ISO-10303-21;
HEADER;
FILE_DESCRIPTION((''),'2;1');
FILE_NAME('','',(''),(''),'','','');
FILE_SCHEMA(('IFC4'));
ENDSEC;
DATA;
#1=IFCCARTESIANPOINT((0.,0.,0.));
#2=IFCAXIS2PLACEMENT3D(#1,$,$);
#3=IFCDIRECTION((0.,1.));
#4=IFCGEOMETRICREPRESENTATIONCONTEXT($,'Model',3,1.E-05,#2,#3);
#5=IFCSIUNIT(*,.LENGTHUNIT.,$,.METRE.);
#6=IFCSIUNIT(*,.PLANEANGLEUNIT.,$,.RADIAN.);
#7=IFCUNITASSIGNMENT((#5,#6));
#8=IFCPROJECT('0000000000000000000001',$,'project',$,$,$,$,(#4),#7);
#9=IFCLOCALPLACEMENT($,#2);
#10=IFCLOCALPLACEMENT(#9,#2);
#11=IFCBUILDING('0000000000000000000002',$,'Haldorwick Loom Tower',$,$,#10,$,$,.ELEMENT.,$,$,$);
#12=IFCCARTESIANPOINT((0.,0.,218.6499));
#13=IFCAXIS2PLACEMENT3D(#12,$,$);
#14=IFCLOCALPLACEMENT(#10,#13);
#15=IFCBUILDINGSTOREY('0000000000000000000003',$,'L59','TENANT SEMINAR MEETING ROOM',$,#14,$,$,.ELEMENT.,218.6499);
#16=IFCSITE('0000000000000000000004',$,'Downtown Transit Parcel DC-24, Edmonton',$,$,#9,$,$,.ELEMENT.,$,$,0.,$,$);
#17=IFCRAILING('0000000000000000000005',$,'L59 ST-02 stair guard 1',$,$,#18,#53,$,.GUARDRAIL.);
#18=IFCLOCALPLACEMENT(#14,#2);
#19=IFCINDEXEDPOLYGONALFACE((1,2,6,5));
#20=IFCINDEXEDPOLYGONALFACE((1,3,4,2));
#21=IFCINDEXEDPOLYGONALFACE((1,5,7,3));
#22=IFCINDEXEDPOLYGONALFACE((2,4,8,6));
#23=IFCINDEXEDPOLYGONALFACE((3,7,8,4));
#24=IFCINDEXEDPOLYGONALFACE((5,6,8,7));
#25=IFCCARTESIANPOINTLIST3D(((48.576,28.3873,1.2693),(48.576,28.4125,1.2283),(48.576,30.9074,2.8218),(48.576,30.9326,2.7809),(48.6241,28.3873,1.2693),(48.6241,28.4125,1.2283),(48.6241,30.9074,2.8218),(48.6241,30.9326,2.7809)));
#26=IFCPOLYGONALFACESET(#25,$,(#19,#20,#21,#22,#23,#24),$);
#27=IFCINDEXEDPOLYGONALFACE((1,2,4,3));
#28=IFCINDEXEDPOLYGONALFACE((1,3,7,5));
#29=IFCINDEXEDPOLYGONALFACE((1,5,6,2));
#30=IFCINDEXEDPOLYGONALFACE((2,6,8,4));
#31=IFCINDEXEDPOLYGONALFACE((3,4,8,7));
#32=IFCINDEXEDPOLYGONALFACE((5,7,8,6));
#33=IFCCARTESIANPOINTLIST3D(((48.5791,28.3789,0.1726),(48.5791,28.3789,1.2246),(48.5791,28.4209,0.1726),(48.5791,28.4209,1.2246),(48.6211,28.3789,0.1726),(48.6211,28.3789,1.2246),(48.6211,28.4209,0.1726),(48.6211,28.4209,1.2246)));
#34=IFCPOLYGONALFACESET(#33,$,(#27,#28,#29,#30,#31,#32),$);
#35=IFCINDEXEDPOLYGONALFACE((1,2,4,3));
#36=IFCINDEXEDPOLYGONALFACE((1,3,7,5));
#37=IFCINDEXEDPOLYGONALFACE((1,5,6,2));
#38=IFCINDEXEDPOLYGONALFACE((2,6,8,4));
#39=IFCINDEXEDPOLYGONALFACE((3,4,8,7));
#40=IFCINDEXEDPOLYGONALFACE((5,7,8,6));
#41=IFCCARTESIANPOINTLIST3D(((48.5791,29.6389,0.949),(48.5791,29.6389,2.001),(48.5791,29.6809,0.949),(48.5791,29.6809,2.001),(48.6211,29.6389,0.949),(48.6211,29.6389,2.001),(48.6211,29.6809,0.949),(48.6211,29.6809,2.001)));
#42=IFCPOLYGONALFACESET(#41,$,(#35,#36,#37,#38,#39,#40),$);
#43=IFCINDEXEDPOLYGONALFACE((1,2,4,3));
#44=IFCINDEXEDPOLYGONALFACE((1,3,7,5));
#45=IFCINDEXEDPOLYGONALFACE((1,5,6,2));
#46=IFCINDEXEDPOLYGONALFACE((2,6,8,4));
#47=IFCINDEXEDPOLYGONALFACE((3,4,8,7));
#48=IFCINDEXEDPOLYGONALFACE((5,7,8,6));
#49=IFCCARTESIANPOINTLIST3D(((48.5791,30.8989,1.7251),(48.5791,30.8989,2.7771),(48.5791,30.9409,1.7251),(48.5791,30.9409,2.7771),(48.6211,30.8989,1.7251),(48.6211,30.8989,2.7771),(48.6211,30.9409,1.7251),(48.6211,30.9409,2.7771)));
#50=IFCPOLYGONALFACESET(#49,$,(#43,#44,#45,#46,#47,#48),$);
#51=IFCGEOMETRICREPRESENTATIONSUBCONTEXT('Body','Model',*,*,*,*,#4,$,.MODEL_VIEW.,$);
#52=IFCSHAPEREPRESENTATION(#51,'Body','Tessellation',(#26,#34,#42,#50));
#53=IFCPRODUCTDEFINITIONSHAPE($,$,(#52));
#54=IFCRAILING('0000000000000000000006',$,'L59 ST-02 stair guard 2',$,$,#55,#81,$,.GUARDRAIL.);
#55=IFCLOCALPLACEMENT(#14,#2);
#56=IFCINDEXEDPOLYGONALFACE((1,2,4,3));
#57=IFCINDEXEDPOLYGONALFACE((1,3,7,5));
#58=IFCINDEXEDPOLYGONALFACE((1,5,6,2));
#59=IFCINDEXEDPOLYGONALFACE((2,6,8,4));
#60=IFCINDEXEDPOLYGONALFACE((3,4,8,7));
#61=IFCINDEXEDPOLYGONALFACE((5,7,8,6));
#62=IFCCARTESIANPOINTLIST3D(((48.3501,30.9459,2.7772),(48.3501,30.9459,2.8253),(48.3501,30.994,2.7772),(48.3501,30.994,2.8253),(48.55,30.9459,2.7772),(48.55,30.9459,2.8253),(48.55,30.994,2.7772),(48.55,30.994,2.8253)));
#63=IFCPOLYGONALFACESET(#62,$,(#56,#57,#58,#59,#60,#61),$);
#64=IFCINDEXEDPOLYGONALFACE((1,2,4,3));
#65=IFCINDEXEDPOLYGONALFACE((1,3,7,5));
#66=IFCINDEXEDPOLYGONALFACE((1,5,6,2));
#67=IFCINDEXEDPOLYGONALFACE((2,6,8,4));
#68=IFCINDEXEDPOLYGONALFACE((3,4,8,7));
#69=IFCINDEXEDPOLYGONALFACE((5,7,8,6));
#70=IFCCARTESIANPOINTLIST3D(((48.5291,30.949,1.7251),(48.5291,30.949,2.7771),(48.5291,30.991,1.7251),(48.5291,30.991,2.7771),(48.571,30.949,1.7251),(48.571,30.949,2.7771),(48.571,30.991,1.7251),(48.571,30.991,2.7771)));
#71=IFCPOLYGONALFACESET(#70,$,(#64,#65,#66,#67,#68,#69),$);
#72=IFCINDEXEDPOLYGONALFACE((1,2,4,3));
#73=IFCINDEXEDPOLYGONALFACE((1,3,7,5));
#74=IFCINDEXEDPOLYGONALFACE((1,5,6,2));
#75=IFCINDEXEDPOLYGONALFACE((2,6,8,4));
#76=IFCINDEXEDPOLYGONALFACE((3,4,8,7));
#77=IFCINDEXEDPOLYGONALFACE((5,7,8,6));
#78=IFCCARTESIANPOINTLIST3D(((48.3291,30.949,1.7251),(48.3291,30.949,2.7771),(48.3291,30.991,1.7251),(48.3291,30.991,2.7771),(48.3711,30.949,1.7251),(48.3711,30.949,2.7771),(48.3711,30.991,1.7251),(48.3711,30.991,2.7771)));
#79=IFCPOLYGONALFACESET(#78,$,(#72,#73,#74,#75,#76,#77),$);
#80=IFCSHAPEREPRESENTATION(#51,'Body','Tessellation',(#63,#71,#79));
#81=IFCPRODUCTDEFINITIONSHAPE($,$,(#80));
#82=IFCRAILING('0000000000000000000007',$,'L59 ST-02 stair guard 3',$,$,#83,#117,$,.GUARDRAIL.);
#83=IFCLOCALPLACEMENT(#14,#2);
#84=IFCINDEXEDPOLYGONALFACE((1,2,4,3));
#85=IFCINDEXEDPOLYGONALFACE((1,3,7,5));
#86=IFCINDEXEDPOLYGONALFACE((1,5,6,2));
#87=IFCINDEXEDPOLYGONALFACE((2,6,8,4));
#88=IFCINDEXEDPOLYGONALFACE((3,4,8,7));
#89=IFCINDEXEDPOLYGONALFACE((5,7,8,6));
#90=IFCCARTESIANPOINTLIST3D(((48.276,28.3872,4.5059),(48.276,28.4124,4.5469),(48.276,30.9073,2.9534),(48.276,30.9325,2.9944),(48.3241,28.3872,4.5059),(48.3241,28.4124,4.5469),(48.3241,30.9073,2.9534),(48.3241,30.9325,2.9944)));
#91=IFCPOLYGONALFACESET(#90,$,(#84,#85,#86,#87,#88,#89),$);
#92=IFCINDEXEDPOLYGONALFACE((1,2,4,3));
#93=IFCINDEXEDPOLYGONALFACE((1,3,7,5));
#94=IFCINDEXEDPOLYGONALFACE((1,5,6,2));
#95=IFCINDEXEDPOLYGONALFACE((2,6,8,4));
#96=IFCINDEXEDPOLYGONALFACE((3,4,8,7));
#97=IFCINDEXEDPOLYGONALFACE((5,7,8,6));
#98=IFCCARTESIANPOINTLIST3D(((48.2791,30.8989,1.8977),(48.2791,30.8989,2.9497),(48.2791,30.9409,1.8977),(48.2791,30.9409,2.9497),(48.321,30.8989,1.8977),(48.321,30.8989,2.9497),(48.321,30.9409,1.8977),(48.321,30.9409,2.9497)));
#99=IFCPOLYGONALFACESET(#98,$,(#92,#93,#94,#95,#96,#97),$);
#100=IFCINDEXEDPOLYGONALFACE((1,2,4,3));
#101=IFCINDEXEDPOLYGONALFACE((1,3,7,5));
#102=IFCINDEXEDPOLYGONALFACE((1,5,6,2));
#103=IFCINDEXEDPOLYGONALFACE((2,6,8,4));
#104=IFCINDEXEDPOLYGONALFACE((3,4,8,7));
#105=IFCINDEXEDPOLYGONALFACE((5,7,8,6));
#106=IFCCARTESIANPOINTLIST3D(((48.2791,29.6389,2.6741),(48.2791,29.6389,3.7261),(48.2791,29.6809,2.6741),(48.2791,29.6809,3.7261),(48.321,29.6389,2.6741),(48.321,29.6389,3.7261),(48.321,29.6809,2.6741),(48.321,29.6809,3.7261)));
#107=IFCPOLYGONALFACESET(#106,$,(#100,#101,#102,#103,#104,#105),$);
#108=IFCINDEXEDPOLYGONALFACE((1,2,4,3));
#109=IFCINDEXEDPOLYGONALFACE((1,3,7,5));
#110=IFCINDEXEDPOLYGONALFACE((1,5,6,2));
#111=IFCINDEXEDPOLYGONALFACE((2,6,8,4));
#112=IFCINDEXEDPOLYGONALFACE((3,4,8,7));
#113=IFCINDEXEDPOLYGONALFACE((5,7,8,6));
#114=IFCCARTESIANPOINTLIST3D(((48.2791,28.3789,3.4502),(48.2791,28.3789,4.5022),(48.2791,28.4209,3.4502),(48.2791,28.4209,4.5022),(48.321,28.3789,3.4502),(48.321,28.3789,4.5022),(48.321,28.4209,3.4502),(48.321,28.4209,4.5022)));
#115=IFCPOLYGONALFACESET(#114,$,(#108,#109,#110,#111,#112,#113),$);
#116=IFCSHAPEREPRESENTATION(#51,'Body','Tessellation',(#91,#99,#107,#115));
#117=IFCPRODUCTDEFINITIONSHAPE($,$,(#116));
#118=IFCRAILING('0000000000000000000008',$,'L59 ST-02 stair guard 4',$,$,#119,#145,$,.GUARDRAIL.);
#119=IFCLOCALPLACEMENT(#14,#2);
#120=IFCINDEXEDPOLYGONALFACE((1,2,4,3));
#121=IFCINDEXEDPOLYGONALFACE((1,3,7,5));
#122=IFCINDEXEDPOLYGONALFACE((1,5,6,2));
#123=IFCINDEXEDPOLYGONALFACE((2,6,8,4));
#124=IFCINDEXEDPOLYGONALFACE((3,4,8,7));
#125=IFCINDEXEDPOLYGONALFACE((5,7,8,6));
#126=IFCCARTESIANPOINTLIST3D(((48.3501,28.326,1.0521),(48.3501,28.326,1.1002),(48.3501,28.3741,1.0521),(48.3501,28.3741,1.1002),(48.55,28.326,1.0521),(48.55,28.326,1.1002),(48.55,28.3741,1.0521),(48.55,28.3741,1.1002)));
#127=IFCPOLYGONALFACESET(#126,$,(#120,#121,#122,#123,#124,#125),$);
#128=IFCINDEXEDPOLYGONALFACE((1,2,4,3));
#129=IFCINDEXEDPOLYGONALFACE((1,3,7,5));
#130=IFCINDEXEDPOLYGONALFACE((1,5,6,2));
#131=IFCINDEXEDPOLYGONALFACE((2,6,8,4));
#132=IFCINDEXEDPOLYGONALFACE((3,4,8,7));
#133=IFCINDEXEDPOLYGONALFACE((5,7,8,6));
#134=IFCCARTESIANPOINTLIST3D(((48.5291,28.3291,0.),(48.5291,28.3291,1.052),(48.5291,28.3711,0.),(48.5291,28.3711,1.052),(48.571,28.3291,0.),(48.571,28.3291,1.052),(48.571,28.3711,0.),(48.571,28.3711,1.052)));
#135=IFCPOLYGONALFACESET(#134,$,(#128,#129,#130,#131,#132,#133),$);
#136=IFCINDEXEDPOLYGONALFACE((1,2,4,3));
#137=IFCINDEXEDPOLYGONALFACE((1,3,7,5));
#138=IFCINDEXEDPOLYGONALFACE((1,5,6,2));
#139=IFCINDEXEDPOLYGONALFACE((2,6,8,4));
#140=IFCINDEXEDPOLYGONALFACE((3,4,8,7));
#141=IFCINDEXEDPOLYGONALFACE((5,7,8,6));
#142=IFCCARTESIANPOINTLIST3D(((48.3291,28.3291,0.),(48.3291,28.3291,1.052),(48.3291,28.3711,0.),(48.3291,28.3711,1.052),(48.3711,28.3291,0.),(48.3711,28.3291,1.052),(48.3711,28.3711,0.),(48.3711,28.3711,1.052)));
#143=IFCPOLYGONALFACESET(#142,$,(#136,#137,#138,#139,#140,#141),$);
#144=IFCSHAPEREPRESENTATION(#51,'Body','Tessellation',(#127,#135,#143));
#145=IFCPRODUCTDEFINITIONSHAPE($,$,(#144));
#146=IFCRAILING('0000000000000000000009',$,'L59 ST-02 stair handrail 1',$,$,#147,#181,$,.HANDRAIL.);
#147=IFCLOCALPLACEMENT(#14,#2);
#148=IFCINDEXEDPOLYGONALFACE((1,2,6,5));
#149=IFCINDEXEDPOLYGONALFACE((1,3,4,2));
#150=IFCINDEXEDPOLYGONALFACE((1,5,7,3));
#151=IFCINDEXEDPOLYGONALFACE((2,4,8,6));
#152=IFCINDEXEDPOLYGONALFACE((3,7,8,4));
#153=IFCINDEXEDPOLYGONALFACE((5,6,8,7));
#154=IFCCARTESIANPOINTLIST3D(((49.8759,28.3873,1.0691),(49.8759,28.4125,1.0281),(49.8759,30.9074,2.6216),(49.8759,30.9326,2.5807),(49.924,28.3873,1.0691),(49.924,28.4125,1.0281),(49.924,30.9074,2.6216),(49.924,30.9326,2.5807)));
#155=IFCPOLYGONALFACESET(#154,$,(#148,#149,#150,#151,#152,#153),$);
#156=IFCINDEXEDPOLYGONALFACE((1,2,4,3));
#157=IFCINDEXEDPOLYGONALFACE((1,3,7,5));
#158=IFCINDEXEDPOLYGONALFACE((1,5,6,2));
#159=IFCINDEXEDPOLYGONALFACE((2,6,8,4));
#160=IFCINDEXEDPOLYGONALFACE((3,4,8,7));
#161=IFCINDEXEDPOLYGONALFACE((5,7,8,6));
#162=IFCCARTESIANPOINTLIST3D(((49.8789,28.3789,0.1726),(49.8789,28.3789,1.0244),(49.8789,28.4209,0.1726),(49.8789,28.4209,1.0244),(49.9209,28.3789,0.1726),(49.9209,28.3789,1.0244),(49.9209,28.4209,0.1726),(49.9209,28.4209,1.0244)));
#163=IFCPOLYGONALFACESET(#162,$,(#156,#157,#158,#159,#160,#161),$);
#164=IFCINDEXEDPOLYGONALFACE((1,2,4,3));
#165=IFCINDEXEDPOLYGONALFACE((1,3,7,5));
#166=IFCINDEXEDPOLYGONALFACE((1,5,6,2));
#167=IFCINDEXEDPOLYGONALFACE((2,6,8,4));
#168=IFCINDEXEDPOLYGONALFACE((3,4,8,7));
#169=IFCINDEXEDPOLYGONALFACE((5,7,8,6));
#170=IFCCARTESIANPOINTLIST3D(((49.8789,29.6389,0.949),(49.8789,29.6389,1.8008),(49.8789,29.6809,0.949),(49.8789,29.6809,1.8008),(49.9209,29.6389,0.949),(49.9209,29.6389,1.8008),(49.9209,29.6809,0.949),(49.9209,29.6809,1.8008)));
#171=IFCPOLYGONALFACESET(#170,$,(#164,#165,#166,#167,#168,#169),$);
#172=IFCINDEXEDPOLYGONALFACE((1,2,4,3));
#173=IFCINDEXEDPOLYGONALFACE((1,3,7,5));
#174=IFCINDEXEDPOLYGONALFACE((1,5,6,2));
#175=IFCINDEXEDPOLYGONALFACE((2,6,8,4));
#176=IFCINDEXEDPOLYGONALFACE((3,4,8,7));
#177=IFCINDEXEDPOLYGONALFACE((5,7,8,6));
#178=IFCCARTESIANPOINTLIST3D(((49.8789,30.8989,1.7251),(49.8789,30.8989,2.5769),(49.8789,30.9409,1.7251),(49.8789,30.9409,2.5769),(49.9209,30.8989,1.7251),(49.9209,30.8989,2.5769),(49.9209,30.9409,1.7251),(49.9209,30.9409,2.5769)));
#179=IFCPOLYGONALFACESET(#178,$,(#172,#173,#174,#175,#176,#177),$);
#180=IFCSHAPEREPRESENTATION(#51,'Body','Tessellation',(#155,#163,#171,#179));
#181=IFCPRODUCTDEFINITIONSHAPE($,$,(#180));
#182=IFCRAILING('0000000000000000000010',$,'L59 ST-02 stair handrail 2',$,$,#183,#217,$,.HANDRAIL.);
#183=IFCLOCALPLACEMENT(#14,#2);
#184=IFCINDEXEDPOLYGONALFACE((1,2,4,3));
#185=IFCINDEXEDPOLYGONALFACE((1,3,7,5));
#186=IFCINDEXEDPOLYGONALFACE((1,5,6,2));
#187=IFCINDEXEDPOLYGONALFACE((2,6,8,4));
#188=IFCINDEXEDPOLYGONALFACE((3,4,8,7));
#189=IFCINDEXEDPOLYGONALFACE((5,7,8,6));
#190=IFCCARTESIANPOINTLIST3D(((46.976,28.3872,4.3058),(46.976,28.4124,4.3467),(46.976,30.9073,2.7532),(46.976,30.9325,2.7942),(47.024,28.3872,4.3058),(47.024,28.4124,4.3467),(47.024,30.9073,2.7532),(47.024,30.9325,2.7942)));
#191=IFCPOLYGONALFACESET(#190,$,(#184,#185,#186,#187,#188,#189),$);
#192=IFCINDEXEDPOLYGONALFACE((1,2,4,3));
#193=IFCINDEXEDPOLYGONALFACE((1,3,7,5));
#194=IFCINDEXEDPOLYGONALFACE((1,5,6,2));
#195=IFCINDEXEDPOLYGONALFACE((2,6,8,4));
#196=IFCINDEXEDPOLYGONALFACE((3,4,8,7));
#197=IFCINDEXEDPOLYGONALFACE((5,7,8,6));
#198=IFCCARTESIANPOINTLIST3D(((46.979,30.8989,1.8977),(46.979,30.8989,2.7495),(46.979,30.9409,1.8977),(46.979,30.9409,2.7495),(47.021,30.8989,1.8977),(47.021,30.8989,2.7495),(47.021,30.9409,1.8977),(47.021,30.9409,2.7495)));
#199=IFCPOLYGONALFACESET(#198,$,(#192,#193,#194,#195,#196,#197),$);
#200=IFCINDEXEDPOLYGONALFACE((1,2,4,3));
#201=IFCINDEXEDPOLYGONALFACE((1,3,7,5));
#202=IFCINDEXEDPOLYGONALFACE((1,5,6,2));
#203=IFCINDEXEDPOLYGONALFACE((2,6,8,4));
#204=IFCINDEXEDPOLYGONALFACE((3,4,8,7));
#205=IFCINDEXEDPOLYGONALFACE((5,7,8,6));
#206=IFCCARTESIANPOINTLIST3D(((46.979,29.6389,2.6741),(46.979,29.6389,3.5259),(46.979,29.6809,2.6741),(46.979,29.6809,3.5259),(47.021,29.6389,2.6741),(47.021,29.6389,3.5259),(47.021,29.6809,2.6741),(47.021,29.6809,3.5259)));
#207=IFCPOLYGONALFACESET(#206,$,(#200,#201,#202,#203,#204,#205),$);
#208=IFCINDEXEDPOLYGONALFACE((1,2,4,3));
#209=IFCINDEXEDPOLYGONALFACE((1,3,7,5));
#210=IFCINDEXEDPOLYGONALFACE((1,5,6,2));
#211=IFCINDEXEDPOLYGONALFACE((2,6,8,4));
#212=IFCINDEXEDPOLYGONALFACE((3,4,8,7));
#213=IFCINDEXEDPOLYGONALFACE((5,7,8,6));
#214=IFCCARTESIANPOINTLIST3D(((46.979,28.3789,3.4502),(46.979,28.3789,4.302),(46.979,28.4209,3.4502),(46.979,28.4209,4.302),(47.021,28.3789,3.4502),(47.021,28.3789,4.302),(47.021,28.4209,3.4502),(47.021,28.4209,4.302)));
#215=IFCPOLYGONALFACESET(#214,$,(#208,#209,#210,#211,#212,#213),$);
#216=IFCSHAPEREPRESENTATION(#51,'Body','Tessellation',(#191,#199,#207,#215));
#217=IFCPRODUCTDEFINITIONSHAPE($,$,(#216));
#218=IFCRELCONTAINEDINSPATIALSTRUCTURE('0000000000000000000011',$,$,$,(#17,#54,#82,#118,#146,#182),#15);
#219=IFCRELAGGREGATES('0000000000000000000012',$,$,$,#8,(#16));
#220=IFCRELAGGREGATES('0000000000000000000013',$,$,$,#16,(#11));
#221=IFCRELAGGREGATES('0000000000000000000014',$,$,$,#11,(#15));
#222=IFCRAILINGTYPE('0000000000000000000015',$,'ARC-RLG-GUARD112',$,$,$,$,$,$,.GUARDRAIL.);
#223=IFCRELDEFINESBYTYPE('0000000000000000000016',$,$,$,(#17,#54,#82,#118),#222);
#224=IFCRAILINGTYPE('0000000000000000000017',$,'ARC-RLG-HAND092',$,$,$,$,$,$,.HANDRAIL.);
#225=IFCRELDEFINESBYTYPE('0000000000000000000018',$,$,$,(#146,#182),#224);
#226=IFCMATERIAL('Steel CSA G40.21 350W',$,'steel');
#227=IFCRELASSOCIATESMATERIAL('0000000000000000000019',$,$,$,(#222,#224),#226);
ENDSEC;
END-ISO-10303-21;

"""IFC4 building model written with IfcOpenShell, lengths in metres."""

from ifc_helpers import new_model, si_unit, direction, frame, origin, origin_2d, place, context, subcontext, project, spatial, rectangle, extrude, material, type_object, element, save


model = new_model("IFC4")

# Units and contexts
model_context = context("Model", 3, precision=1e-05, world=origin(), true_north=direction((0.0, 1.0)))
body_context = subcontext(model_context, "Body", "Model", "MODEL_VIEW")
ifc_project = project(units=[si_unit("LENGTHUNIT", "METRE"), si_unit("PLANEANGLEUNIT", "RADIAN")], contexts=[model_context])

# Site, building, storey
site_placement = place(None, origin())
site = spatial("IfcSite", under=ifc_project, at=site_placement, Name="Downtown Transit Parcel DC-24, Edmonton", CompositionType="ELEMENT", RefElevation=0.0)
building_placement = place(site_placement, origin())
building = spatial("IfcBuilding", under=site, at=building_placement, Name="Haldorwick Loom Tower", CompositionType="ELEMENT")
storey_placement = place(building_placement, frame((0.0, 0.0, 218.6499)))
storey = spatial("IfcBuildingStorey", under=building, at=storey_placement, Name="L59", Description="TENANT SEMINAR MEETING ROOM", CompositionType="ELEMENT", Elevation=218.6499)

# Shared definitions
ifc_material_1 = material(Name="Steel CSA G40.21 350W", Category="steel")

# Railings
railing_type_1 = type_object("IfcRailingType", Name="ARC-RLG-GUARD112", PredefinedType="GUARDRAIL", material=ifc_material_1)
railing_1_placement = place(storey_placement, frame((48.6001, 28.3999, 0.1726)))
element("IfcRailing", 1, at=railing_1_placement, inside=storey, type_object=railing_type_1, Name="L59 ST-02 stair guard 1", PredefinedType="GUARDRAIL", context=body_context, shape_type="SweptSolid", body=[
    extrude(rectangle(XDim=0.0481, YDim=0.0481, at=origin_2d()), frame((0.0, 0.0, 1.0762), z_axis=(0.0, 0.8514, 0.524516), x_axis=(-1.0, 0.0, 0.0)), (0.0, 0.0, 1.0), 2.96),
    extrude(rectangle(XDim=0.042, YDim=0.042, at=origin_2d()), origin(), (0.0, 0.0, 1.0), 1.052),
    extrude(rectangle(XDim=0.042, YDim=0.042, at=origin_2d()), frame((0.0, 1.26, 0.7764)), (0.0, 0.0, 1.0), 1.052),
    extrude(rectangle(XDim=0.042, YDim=0.042, at=origin_2d()), frame((0.0, 2.52, 1.5525)), (0.0, 0.0, 1.0), 1.052),
])
railing_2_placement = place(storey_placement, frame((48.55, 30.97, 1.7251)))
element("IfcRailing", 2, at=railing_2_placement, inside=storey, type_object=railing_type_1, Name="L59 ST-02 stair guard 2", PredefinedType="GUARDRAIL", context=body_context, shape_type="SweptSolid", body=[
    extrude(rectangle(XDim=0.0481, YDim=0.0481, at=origin_2d()), frame((0.0, 0.0, 1.0762), z_axis=(-1.0, 0.0, 0.0), x_axis=(0.0, -1.0, 0.0)), (0.0, 0.0, 1.0), 0.2),
    extrude(rectangle(XDim=0.042, YDim=0.042, at=origin_2d()), origin(), (0.0, 0.0, 1.0), 1.052),
    extrude(rectangle(XDim=0.042, YDim=0.042, at=origin_2d()), frame((-0.2, 0.0, 0.0)), (0.0, 0.0, 1.0), 1.052),
])
railing_3_placement = place(storey_placement, frame((48.3, 30.9199, 1.8977)))
element("IfcRailing", 3, at=railing_3_placement, inside=storey, type_object=railing_type_1, Name="L59 ST-02 stair guard 3", PredefinedType="GUARDRAIL", context=body_context, shape_type="SweptSolid", body=[
    extrude(rectangle(XDim=0.0481, YDim=0.0481, at=origin_2d()), frame((0.0, 0.0, 1.0762), z_axis=(0.0, -0.8514, 0.524516), x_axis=(1.0, 0.0, 0.0)), (0.0, 0.0, 1.0), 2.96),
    extrude(rectangle(XDim=0.042, YDim=0.042, at=origin_2d()), origin(), (0.0, 0.0, 1.0), 1.052),
    extrude(rectangle(XDim=0.042, YDim=0.042, at=origin_2d()), frame((0.0, -1.26, 0.7764)), (0.0, 0.0, 1.0), 1.052),
    extrude(rectangle(XDim=0.042, YDim=0.042, at=origin_2d()), frame((0.0, -2.52, 1.5525)), (0.0, 0.0, 1.0), 1.052),
])
railing_4_placement = place(storey_placement, frame((48.55, 28.3501, 0.0)))
element("IfcRailing", 4, at=railing_4_placement, inside=storey, type_object=railing_type_1, Name="L59 ST-02 stair guard 4", PredefinedType="GUARDRAIL", context=body_context, shape_type="SweptSolid", body=[
    extrude(rectangle(XDim=0.0481, YDim=0.0481, at=origin_2d()), frame((0.0, 0.0, 1.0762), z_axis=(-1.0, 0.0, 0.0), x_axis=(0.0, -1.0, 0.0)), (0.0, 0.0, 1.0), 0.2),
    extrude(rectangle(XDim=0.042, YDim=0.042, at=origin_2d()), origin(), (0.0, 0.0, 1.0), 1.052),
    extrude(rectangle(XDim=0.042, YDim=0.042, at=origin_2d()), frame((-0.2, 0.0, 0.0)), (0.0, 0.0, 1.0), 1.052),
])
railing_type_2 = type_object("IfcRailingType", Name="ARC-RLG-HAND092", PredefinedType="HANDRAIL", material=ifc_material_1)
railing_5_placement = place(storey_placement, frame((49.8999, 28.3999, 0.1726)))
element("IfcRailing", 5, at=railing_5_placement, inside=storey, type_object=railing_type_2, Name="L59 ST-02 stair handrail 1", PredefinedType="HANDRAIL", context=body_context, shape_type="SweptSolid", body=[
    extrude(rectangle(XDim=0.0481, YDim=0.0481, at=origin_2d()), frame((0.0, 0.0, 0.876), z_axis=(0.0, 0.8514, 0.524516), x_axis=(-1.0, 0.0, 0.0)), (0.0, 0.0, 1.0), 2.96),
    extrude(rectangle(XDim=0.042, YDim=0.042, at=origin_2d()), origin(), (0.0, 0.0, 1.0), 0.8518),
    extrude(rectangle(XDim=0.042, YDim=0.042, at=origin_2d()), frame((0.0, 1.26, 0.7764)), (0.0, 0.0, 1.0), 0.8518),
    extrude(rectangle(XDim=0.042, YDim=0.042, at=origin_2d()), frame((0.0, 2.52, 1.5525)), (0.0, 0.0, 1.0), 0.8518),
])
railing_6_placement = place(storey_placement, frame((47.0, 30.9199, 1.8977)))
element("IfcRailing", 6, at=railing_6_placement, inside=storey, type_object=railing_type_2, Name="L59 ST-02 stair handrail 2", PredefinedType="HANDRAIL", context=body_context, shape_type="SweptSolid", body=[
    extrude(rectangle(XDim=0.0481, YDim=0.0481, at=origin_2d()), frame((0.0, 0.0, 0.876), z_axis=(0.0, -0.8514, 0.524516), x_axis=(1.0, 0.0, 0.0)), (0.0, 0.0, 1.0), 2.96),
    extrude(rectangle(XDim=0.042, YDim=0.042, at=origin_2d()), origin(), (0.0, 0.0, 1.0), 0.8518),
    extrude(rectangle(XDim=0.042, YDim=0.042, at=origin_2d()), frame((0.0, -1.26, 0.7764)), (0.0, 0.0, 1.0), 0.8518),
    extrude(rectangle(XDim=0.042, YDim=0.042, at=origin_2d()), frame((0.0, -2.52, 1.5525)), (0.0, 0.0, 1.0), 0.8518),
])

save(model, "model.ifc")
